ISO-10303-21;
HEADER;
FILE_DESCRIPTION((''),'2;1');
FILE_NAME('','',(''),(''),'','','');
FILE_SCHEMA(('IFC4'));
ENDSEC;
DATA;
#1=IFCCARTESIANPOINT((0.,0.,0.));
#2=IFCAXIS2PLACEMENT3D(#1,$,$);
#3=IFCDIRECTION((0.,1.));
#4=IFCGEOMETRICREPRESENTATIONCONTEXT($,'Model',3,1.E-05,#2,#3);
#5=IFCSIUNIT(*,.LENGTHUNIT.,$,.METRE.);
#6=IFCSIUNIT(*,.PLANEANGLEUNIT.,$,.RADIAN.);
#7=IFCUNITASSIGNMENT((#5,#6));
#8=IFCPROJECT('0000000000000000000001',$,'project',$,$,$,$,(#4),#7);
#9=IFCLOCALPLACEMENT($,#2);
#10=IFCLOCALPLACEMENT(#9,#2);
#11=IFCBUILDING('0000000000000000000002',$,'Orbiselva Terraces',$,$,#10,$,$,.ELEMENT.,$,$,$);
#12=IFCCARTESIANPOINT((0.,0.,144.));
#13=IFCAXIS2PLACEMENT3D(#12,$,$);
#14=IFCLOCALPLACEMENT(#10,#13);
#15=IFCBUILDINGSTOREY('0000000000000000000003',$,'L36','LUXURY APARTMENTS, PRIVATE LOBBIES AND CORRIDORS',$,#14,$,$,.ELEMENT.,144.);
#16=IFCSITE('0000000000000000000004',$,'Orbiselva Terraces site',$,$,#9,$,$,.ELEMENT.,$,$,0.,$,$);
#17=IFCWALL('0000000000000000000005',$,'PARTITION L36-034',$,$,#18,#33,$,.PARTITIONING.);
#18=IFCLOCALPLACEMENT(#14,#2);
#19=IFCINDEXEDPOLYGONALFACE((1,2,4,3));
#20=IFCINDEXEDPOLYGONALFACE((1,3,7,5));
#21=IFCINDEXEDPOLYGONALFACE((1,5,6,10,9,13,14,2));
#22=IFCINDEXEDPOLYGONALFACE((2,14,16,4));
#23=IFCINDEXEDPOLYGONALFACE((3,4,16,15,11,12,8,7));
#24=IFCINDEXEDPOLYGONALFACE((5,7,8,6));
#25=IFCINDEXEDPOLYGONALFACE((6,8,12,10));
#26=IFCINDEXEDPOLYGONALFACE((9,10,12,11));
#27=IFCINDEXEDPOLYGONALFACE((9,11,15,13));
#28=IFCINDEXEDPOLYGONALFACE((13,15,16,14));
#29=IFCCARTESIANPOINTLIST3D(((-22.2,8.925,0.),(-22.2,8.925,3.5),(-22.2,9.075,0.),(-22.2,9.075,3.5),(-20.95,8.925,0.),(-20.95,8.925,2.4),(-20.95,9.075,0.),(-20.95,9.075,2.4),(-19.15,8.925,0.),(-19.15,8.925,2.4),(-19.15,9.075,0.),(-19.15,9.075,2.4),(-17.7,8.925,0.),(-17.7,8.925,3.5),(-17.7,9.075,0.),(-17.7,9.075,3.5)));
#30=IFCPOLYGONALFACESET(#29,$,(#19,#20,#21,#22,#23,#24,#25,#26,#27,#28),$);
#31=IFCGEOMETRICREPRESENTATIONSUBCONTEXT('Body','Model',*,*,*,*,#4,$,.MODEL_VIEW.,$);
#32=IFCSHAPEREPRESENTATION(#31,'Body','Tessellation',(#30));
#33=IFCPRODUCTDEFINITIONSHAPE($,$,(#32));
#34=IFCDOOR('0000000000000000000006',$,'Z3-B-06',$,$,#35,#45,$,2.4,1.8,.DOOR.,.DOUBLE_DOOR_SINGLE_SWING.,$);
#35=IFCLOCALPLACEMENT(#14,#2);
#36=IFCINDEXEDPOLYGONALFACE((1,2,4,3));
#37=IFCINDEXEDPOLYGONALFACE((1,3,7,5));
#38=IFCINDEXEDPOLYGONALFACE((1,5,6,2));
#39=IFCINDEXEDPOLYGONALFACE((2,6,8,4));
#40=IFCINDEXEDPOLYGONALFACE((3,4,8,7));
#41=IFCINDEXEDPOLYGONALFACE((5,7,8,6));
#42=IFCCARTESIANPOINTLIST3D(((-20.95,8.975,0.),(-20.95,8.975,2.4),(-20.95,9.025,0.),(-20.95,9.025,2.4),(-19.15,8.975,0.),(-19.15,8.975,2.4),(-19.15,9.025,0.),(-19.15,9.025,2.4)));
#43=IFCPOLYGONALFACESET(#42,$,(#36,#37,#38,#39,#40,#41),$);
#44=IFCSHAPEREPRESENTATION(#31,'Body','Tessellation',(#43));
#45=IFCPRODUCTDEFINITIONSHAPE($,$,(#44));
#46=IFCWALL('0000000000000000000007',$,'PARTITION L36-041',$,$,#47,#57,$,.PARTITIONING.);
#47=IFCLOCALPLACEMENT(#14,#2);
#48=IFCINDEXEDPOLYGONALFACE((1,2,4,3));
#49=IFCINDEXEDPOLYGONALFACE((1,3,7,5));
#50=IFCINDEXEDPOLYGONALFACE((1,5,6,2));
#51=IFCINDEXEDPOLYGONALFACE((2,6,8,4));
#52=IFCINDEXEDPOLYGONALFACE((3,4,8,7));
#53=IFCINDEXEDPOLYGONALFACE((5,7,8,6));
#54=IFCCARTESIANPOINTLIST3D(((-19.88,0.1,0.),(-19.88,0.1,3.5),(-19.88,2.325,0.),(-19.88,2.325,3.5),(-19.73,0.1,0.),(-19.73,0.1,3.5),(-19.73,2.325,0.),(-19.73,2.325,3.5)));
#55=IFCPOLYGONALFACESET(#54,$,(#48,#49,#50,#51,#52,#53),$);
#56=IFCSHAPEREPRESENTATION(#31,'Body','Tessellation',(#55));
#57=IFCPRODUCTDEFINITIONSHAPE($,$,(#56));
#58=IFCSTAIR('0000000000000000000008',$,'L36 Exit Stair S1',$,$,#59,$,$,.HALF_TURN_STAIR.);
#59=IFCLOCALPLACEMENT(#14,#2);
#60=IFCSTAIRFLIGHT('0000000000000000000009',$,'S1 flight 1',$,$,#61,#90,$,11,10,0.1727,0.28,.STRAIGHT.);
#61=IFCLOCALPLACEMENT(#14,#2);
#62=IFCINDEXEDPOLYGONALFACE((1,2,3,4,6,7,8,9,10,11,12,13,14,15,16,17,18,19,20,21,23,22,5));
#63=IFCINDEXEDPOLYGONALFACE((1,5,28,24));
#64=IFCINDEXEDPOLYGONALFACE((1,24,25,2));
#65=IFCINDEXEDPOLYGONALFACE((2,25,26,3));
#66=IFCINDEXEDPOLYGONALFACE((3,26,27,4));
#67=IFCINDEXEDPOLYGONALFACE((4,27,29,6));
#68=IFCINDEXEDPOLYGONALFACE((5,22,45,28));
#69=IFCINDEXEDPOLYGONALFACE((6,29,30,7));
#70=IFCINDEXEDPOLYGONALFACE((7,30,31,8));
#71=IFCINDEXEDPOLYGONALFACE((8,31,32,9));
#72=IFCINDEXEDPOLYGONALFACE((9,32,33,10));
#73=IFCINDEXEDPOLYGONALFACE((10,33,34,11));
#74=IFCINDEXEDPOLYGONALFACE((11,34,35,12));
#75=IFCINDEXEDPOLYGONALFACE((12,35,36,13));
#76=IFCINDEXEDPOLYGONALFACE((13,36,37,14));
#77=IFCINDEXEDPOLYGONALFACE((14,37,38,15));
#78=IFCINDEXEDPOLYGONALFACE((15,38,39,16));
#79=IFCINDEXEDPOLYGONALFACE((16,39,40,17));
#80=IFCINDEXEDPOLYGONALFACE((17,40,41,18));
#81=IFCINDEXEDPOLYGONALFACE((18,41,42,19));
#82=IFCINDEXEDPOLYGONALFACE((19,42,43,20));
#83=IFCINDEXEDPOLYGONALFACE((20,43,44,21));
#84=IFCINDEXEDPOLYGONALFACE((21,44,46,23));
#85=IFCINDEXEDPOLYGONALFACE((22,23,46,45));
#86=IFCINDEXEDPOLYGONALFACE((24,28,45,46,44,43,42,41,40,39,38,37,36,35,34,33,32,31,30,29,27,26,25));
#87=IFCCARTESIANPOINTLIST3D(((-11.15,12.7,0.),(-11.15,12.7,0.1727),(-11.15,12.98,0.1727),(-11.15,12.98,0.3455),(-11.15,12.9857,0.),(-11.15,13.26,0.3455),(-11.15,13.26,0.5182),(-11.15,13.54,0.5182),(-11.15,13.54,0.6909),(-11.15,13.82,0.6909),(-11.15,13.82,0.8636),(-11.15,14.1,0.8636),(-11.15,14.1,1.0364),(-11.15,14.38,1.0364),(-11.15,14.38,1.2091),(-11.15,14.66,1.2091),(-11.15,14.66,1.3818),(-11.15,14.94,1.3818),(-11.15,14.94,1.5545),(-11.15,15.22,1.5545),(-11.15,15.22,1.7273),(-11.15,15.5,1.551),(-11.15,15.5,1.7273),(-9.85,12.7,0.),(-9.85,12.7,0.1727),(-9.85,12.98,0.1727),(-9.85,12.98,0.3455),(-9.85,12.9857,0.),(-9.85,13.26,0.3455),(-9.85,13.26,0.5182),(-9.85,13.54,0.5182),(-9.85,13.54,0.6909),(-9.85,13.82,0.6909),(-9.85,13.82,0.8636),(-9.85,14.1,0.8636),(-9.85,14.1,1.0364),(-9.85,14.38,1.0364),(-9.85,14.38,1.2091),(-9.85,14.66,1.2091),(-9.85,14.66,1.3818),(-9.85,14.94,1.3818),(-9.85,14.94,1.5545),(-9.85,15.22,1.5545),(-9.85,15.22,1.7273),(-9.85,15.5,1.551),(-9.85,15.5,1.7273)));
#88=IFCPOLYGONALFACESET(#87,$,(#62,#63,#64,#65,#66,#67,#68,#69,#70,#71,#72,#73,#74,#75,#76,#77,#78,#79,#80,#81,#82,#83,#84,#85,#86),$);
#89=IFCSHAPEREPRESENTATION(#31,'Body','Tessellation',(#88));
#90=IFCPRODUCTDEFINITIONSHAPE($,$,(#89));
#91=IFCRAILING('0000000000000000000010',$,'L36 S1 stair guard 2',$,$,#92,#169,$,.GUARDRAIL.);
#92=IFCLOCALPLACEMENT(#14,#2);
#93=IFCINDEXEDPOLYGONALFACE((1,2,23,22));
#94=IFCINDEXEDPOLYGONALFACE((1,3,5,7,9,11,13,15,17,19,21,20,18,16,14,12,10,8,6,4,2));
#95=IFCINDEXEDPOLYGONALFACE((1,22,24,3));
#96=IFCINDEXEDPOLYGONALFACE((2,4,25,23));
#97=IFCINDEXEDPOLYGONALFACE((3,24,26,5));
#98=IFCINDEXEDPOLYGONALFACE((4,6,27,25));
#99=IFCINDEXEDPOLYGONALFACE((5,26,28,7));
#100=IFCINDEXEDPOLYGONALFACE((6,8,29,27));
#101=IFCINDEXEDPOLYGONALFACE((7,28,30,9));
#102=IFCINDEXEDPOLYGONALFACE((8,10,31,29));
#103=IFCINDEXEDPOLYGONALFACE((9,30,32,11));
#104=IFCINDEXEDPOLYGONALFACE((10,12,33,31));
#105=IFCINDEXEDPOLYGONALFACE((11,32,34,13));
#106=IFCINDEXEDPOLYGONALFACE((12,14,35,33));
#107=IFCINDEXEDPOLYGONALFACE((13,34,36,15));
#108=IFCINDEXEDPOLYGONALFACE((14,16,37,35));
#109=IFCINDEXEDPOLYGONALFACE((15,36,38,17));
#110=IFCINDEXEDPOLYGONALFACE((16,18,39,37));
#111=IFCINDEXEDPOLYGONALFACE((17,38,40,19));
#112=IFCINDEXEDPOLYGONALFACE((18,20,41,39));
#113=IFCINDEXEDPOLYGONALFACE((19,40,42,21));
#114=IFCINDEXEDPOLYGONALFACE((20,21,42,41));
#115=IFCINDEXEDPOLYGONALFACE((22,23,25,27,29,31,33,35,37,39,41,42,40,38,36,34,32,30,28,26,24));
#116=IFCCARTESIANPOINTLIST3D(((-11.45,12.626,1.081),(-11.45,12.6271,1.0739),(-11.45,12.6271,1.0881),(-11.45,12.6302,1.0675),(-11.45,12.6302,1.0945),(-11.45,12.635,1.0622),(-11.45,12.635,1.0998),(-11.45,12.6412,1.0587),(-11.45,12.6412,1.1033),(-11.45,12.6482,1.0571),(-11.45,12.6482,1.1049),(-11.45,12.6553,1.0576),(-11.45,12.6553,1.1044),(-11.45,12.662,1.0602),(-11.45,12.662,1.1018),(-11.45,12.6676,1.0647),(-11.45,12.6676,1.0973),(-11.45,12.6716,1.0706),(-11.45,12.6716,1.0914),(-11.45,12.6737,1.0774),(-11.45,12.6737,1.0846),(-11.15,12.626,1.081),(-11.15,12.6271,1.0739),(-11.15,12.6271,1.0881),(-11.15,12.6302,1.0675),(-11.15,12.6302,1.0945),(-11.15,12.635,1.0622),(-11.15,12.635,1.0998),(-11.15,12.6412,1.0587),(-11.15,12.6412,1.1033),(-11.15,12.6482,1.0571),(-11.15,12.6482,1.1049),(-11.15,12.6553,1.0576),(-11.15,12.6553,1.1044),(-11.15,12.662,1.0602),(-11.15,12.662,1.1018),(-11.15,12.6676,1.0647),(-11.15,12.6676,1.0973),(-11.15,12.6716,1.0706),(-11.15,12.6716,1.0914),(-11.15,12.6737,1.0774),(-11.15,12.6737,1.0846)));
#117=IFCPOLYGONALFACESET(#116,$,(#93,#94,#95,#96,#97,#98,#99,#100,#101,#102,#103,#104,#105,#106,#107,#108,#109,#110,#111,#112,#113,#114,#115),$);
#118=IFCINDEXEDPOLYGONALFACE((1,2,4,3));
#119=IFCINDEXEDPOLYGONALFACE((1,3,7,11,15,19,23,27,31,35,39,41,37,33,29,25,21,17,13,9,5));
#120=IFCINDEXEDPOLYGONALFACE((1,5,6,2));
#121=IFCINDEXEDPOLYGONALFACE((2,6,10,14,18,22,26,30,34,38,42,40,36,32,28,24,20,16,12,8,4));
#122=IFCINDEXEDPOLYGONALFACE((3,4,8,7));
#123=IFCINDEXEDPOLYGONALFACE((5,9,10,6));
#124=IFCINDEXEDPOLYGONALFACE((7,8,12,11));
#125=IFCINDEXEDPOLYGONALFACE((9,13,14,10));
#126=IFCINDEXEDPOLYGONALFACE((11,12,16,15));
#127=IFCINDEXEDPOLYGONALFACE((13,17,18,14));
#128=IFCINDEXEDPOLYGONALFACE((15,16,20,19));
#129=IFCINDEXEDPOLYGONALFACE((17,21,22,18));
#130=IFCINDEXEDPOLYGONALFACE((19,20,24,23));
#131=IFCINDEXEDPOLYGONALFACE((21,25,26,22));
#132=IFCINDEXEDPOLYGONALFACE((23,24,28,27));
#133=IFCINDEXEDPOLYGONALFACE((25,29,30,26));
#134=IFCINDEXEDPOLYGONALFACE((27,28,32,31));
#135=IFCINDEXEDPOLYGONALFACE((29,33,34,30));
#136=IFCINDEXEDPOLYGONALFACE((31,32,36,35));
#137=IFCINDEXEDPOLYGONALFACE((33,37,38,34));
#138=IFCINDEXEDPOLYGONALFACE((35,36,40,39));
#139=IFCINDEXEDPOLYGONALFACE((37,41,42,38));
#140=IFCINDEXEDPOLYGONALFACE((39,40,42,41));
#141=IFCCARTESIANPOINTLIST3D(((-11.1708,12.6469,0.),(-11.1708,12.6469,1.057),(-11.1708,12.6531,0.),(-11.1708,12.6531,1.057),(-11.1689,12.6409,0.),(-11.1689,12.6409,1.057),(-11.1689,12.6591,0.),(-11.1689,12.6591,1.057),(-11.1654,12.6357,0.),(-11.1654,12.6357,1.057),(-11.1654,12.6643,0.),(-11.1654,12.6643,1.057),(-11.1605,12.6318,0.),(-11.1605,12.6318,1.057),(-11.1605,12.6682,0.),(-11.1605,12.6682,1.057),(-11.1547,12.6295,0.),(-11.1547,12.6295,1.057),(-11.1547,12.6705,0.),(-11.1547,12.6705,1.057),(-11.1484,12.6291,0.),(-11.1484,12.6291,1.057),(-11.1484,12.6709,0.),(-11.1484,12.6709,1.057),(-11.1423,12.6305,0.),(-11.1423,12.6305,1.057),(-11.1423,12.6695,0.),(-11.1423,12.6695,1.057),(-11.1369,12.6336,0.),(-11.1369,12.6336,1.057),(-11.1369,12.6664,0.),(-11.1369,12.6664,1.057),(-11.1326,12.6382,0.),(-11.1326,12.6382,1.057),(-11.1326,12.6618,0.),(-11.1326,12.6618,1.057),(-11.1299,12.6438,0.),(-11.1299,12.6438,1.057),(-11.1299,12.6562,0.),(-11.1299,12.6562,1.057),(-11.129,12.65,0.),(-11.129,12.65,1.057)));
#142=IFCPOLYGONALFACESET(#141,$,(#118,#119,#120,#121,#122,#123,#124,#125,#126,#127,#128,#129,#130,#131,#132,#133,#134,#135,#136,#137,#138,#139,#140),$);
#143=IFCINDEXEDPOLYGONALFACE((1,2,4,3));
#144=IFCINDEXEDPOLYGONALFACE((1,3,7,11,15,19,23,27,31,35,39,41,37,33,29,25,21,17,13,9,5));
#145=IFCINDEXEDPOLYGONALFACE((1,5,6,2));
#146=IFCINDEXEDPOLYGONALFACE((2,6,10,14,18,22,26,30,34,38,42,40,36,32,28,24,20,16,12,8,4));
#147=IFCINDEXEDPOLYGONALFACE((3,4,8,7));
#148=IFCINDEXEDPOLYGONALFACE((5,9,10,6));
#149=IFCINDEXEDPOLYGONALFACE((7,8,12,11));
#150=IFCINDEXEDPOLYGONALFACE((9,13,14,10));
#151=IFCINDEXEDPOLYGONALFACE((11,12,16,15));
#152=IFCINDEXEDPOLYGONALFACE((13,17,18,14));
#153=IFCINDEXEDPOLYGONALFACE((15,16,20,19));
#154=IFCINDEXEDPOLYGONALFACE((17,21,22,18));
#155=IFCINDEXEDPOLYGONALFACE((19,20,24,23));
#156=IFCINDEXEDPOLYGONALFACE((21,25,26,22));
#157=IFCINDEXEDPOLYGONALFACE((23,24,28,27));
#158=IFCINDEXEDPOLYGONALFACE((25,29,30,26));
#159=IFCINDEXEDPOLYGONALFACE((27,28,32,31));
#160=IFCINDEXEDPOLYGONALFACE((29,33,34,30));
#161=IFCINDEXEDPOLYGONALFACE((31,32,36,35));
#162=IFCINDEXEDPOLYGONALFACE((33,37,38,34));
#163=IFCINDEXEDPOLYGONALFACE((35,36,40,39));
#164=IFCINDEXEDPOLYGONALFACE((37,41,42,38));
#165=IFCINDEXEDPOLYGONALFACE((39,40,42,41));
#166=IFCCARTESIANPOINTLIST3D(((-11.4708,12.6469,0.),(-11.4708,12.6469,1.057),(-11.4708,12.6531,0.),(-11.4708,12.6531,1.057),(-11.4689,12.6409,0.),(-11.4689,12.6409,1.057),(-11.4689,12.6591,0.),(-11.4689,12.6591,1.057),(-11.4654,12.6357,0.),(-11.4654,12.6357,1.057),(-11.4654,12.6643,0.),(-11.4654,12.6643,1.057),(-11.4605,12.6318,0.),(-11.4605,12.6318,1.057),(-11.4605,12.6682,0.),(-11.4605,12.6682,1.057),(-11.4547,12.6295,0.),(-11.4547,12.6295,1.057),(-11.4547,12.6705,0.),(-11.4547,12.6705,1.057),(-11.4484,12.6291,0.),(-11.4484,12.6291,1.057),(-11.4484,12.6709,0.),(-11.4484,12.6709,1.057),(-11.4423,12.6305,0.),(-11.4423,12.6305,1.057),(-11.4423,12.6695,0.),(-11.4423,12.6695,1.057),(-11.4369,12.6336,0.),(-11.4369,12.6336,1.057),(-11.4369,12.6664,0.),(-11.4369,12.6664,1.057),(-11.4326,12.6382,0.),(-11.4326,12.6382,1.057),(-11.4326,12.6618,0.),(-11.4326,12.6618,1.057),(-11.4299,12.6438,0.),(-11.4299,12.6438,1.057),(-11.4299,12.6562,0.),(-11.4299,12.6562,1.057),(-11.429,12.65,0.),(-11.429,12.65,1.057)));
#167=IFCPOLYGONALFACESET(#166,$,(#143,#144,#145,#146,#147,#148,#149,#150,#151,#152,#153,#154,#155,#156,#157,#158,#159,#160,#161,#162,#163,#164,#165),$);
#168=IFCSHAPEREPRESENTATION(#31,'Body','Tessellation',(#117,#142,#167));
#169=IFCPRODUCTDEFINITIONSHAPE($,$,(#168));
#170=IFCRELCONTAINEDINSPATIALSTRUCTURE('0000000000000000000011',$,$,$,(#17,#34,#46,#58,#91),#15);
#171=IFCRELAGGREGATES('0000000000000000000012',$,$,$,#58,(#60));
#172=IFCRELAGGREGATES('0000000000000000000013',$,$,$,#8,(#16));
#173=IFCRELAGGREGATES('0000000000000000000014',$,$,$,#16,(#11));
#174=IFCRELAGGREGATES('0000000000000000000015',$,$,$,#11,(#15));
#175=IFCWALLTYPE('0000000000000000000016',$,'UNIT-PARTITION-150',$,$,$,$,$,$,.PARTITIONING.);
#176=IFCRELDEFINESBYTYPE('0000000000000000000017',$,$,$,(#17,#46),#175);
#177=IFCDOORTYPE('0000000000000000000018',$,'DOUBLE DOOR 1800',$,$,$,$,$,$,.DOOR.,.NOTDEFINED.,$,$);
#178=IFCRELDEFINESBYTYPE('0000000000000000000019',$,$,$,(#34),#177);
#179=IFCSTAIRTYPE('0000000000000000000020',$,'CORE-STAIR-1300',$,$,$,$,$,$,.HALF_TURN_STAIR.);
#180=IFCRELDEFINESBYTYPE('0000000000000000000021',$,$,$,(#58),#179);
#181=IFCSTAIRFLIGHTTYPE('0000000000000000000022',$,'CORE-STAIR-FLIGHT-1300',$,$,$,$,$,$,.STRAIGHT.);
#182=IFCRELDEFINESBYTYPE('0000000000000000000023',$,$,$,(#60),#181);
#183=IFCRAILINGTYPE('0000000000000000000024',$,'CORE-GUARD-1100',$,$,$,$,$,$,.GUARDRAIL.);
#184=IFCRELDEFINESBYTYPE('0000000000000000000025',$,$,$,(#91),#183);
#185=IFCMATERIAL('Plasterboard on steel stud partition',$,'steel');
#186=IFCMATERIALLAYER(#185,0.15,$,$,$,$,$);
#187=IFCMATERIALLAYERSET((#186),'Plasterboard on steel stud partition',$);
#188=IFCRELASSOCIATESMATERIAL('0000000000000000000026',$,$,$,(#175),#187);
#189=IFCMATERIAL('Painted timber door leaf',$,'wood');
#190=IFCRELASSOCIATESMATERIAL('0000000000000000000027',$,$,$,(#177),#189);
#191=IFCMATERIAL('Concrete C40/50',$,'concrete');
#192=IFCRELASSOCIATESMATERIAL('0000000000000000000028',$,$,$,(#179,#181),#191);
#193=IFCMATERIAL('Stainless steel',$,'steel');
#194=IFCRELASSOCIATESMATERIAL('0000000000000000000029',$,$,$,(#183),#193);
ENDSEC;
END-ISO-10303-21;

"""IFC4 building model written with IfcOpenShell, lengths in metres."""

from ifc_helpers import new_model, si_unit, direction, frame, frame_2d, origin, origin_2d, place, context, subcontext, project, spatial, polyline, rectangle, circle, outline, extrude, material, layer, layer_set, type_object, element, fill, aggregate, save


model = new_model("IFC4")

# Units and contexts
model_context = context("Model", 3, precision=1e-05, world=origin(), true_north=direction((0.0, 1.0)))
body_context = subcontext(model_context, "Body", "Model", "MODEL_VIEW")
ifc_project = project(units=[si_unit("LENGTHUNIT", "METRE"), si_unit("PLANEANGLEUNIT", "RADIAN")], contexts=[model_context])

# Site, building, storey
site_placement = place(None, origin())
site = spatial("IfcSite", under=ifc_project, at=site_placement, Name="Orbiselva Terraces site", CompositionType="ELEMENT", RefElevation=0.0)
building_placement = place(site_placement, origin())
building = spatial("IfcBuilding", under=site, at=building_placement, Name="Orbiselva Terraces", CompositionType="ELEMENT")
storey_placement = place(building_placement, frame((0.0, 0.0, 144.0)))
storey = spatial("IfcBuildingStorey", under=building, at=storey_placement, Name="L36", Description="LUXURY APARTMENTS, PRIVATE LOBBIES AND CORRIDORS", CompositionType="ELEMENT", Elevation=144.0)

# Wall, opening, door
ifc_material_1 = material(Name="Plasterboard on steel stud partition", Category="steel")
ifc_material_2 = material(Name="Painted timber door leaf", Category="wood")
ifc_layer_1 = layer(ifc_material_1, 0.15)
ifc_layer_set_1 = layer_set([ifc_layer_1], Name="Plasterboard on steel stud partition")
wall_type_1 = type_object("IfcWallType", Name="UNIT-PARTITION-150", PredefinedType="PARTITIONING", material=ifc_layer_set_1)
wall_1_placement = place(storey_placement, frame((-22.2, 9.0, 0.0), z_axis=(0.0, 0.0, 1.0), x_axis=(1.0, 0.0, 0.0)))
wall_1 = element("IfcWall", 1, at=wall_1_placement, inside=storey, type_object=wall_type_1, Name="PARTITION L36-034", PredefinedType="PARTITIONING", context=body_context, shape_type="SweptSolid", body=[
    extrude(rectangle(XDim=4.5, YDim=0.15, at=frame_2d((2.25, 0.0))), origin(), (0.0, 0.0, 1.0), 3.5),
])
opening_1_placement = place(wall_1_placement, frame((1.25, 0.0, 0.0)))
opening_1 = element("IfcOpeningElement", 2, at=opening_1_placement, cuts=wall_1, PredefinedType="OPENING", context=body_context, shape_type="SweptSolid", body=[
    extrude(rectangle(XDim=1.8, YDim=2.4, at=frame_2d((0.9, 1.2))), frame((0.0, 0.085, 0.0), z_axis=(0.0, -1.0, 0.0), x_axis=(1.0, 0.0, 0.0)), (0.0, 0.0, 1.0), 0.17),
])
door_type_1 = type_object("IfcDoorType", Name="DOUBLE DOOR 1800", OperationType="NOTDEFINED", PredefinedType="DOOR", material=ifc_material_2)
door_1_placement = place(opening_1_placement, origin())
door_1 = element("IfcDoor", 3, at=door_1_placement, inside=storey, type_object=door_type_1, Name="Z3-B-06", OperationType="DOUBLE_DOOR_SINGLE_SWING", OverallHeight=2.4, OverallWidth=1.8, PredefinedType="DOOR", context=body_context, shape_type="SweptSolid", body=[
    extrude(rectangle(XDim=1.8, YDim=2.4, at=frame_2d((0.9, 1.2))), frame((0.0, 0.025, 0.0), z_axis=(0.0, -1.0, 0.0), x_axis=(1.0, 0.0, 0.0)), (0.0, 0.0, 1.0), 0.05),
])
fill(opening_1, door_1)

# Wall
wall_2_placement = place(storey_placement, frame((-19.805, 0.1, 0.0), z_axis=(0.0, 0.0, 1.0), x_axis=(0.0, 1.0, 0.0)))
element("IfcWall", 4, at=wall_2_placement, inside=storey, type_object=wall_type_1, Name="PARTITION L36-041", PredefinedType="PARTITIONING", context=body_context, shape_type="SweptSolid", body=[
    extrude(rectangle(XDim=2.225, YDim=0.15, at=frame_2d((1.1125, 0.0))), origin(), (0.0, 0.0, 1.0), 3.5),
])

# Stair, stair flight
ifc_material_3 = material(Name="Concrete C40/50", Category="concrete")
stair_type = type_object("IfcStairType", Name="CORE-STAIR-1300", PredefinedType="HALF_TURN_STAIR", material=ifc_material_3)
stair_placement = place(storey_placement, origin())
stair = element("IfcStair", 5, at=stair_placement, inside=storey, type_object=stair_type, Name="L36 Exit Stair S1", PredefinedType="HALF_TURN_STAIR")
stair_flight_type = type_object("IfcStairFlightType", Name="CORE-STAIR-FLIGHT-1300", PredefinedType="STRAIGHT", material=ifc_material_3)
stair_flight_placement = place(storey_placement, frame((-10.5, 12.7, 0.0), z_axis=(0.0, 0.0, 1.0), x_axis=(0.0, 1.0, 0.0)))
stair_flight = element("IfcStairFlight", 6, at=stair_flight_placement, type_object=stair_flight_type, Name="S1 flight 1", NumberOfRisers=11, NumberOfTreads=10, PredefinedType="STRAIGHT", RiserHeight=0.1727, TreadLength=0.28, context=body_context, shape_type="SweptSolid", body=[
    extrude(outline(polyline([(0.0, 0.0), (0.0, 0.1727), (0.28, 0.1727), (0.28, 0.3455), (0.56, 0.3455), (0.56, 0.5182), (0.84, 0.5182), (0.84, 0.6909), (1.12, 0.6909), (1.12, 0.8636), (1.4, 0.8636), (1.4, 1.0364), (1.68, 1.0364), (1.68, 1.2091), (1.96, 1.2091), (1.96, 1.3818), (2.24, 1.3818), (2.24, 1.5545), (2.52, 1.5545), (2.52, 1.7273), (2.8, 1.7273), (2.8, 1.9), (2.8, 1.551), (0.2857, 0.0), (0.0, 0.0)])), frame((0.0, 0.65, 0.0), z_axis=(0.0, -1.0, 0.0), x_axis=(1.0, 0.0, 0.0)), (0.0, 0.0, 1.0), 1.3),
])
aggregate(stair, [stair_flight])

# Railing
ifc_material_4 = material(Name="Stainless steel", Category="steel")
railing_type = type_object("IfcRailingType", Name="CORE-GUARD-1100", PredefinedType="GUARDRAIL", material=ifc_material_4)
railing_1_placement = place(storey_placement, frame((-11.15, 12.65, 0.0)))
element("IfcRailing", 7, at=railing_1_placement, inside=storey, type_object=railing_type, Name="L36 S1 stair guard 2", PredefinedType="GUARDRAIL", context=body_context, shape_type="SweptSolid", body=[
    extrude(circle(Radius=0.024, at=origin_2d()), frame((0.0, 0.0, 1.081), z_axis=(-1.0, 0.0, 0.0), x_axis=(0.0, -1.0, 0.0)), (0.0, 0.0, 1.0), 0.3),
    extrude(circle(Radius=0.021, at=origin_2d()), origin(), (0.0, 0.0, 1.0), 1.057),
    extrude(circle(Radius=0.021, at=origin_2d()), frame((-0.3, 0.0, 0.0)), (0.0, 0.0, 1.0), 1.057),
])

save(model, "model.ifc")
